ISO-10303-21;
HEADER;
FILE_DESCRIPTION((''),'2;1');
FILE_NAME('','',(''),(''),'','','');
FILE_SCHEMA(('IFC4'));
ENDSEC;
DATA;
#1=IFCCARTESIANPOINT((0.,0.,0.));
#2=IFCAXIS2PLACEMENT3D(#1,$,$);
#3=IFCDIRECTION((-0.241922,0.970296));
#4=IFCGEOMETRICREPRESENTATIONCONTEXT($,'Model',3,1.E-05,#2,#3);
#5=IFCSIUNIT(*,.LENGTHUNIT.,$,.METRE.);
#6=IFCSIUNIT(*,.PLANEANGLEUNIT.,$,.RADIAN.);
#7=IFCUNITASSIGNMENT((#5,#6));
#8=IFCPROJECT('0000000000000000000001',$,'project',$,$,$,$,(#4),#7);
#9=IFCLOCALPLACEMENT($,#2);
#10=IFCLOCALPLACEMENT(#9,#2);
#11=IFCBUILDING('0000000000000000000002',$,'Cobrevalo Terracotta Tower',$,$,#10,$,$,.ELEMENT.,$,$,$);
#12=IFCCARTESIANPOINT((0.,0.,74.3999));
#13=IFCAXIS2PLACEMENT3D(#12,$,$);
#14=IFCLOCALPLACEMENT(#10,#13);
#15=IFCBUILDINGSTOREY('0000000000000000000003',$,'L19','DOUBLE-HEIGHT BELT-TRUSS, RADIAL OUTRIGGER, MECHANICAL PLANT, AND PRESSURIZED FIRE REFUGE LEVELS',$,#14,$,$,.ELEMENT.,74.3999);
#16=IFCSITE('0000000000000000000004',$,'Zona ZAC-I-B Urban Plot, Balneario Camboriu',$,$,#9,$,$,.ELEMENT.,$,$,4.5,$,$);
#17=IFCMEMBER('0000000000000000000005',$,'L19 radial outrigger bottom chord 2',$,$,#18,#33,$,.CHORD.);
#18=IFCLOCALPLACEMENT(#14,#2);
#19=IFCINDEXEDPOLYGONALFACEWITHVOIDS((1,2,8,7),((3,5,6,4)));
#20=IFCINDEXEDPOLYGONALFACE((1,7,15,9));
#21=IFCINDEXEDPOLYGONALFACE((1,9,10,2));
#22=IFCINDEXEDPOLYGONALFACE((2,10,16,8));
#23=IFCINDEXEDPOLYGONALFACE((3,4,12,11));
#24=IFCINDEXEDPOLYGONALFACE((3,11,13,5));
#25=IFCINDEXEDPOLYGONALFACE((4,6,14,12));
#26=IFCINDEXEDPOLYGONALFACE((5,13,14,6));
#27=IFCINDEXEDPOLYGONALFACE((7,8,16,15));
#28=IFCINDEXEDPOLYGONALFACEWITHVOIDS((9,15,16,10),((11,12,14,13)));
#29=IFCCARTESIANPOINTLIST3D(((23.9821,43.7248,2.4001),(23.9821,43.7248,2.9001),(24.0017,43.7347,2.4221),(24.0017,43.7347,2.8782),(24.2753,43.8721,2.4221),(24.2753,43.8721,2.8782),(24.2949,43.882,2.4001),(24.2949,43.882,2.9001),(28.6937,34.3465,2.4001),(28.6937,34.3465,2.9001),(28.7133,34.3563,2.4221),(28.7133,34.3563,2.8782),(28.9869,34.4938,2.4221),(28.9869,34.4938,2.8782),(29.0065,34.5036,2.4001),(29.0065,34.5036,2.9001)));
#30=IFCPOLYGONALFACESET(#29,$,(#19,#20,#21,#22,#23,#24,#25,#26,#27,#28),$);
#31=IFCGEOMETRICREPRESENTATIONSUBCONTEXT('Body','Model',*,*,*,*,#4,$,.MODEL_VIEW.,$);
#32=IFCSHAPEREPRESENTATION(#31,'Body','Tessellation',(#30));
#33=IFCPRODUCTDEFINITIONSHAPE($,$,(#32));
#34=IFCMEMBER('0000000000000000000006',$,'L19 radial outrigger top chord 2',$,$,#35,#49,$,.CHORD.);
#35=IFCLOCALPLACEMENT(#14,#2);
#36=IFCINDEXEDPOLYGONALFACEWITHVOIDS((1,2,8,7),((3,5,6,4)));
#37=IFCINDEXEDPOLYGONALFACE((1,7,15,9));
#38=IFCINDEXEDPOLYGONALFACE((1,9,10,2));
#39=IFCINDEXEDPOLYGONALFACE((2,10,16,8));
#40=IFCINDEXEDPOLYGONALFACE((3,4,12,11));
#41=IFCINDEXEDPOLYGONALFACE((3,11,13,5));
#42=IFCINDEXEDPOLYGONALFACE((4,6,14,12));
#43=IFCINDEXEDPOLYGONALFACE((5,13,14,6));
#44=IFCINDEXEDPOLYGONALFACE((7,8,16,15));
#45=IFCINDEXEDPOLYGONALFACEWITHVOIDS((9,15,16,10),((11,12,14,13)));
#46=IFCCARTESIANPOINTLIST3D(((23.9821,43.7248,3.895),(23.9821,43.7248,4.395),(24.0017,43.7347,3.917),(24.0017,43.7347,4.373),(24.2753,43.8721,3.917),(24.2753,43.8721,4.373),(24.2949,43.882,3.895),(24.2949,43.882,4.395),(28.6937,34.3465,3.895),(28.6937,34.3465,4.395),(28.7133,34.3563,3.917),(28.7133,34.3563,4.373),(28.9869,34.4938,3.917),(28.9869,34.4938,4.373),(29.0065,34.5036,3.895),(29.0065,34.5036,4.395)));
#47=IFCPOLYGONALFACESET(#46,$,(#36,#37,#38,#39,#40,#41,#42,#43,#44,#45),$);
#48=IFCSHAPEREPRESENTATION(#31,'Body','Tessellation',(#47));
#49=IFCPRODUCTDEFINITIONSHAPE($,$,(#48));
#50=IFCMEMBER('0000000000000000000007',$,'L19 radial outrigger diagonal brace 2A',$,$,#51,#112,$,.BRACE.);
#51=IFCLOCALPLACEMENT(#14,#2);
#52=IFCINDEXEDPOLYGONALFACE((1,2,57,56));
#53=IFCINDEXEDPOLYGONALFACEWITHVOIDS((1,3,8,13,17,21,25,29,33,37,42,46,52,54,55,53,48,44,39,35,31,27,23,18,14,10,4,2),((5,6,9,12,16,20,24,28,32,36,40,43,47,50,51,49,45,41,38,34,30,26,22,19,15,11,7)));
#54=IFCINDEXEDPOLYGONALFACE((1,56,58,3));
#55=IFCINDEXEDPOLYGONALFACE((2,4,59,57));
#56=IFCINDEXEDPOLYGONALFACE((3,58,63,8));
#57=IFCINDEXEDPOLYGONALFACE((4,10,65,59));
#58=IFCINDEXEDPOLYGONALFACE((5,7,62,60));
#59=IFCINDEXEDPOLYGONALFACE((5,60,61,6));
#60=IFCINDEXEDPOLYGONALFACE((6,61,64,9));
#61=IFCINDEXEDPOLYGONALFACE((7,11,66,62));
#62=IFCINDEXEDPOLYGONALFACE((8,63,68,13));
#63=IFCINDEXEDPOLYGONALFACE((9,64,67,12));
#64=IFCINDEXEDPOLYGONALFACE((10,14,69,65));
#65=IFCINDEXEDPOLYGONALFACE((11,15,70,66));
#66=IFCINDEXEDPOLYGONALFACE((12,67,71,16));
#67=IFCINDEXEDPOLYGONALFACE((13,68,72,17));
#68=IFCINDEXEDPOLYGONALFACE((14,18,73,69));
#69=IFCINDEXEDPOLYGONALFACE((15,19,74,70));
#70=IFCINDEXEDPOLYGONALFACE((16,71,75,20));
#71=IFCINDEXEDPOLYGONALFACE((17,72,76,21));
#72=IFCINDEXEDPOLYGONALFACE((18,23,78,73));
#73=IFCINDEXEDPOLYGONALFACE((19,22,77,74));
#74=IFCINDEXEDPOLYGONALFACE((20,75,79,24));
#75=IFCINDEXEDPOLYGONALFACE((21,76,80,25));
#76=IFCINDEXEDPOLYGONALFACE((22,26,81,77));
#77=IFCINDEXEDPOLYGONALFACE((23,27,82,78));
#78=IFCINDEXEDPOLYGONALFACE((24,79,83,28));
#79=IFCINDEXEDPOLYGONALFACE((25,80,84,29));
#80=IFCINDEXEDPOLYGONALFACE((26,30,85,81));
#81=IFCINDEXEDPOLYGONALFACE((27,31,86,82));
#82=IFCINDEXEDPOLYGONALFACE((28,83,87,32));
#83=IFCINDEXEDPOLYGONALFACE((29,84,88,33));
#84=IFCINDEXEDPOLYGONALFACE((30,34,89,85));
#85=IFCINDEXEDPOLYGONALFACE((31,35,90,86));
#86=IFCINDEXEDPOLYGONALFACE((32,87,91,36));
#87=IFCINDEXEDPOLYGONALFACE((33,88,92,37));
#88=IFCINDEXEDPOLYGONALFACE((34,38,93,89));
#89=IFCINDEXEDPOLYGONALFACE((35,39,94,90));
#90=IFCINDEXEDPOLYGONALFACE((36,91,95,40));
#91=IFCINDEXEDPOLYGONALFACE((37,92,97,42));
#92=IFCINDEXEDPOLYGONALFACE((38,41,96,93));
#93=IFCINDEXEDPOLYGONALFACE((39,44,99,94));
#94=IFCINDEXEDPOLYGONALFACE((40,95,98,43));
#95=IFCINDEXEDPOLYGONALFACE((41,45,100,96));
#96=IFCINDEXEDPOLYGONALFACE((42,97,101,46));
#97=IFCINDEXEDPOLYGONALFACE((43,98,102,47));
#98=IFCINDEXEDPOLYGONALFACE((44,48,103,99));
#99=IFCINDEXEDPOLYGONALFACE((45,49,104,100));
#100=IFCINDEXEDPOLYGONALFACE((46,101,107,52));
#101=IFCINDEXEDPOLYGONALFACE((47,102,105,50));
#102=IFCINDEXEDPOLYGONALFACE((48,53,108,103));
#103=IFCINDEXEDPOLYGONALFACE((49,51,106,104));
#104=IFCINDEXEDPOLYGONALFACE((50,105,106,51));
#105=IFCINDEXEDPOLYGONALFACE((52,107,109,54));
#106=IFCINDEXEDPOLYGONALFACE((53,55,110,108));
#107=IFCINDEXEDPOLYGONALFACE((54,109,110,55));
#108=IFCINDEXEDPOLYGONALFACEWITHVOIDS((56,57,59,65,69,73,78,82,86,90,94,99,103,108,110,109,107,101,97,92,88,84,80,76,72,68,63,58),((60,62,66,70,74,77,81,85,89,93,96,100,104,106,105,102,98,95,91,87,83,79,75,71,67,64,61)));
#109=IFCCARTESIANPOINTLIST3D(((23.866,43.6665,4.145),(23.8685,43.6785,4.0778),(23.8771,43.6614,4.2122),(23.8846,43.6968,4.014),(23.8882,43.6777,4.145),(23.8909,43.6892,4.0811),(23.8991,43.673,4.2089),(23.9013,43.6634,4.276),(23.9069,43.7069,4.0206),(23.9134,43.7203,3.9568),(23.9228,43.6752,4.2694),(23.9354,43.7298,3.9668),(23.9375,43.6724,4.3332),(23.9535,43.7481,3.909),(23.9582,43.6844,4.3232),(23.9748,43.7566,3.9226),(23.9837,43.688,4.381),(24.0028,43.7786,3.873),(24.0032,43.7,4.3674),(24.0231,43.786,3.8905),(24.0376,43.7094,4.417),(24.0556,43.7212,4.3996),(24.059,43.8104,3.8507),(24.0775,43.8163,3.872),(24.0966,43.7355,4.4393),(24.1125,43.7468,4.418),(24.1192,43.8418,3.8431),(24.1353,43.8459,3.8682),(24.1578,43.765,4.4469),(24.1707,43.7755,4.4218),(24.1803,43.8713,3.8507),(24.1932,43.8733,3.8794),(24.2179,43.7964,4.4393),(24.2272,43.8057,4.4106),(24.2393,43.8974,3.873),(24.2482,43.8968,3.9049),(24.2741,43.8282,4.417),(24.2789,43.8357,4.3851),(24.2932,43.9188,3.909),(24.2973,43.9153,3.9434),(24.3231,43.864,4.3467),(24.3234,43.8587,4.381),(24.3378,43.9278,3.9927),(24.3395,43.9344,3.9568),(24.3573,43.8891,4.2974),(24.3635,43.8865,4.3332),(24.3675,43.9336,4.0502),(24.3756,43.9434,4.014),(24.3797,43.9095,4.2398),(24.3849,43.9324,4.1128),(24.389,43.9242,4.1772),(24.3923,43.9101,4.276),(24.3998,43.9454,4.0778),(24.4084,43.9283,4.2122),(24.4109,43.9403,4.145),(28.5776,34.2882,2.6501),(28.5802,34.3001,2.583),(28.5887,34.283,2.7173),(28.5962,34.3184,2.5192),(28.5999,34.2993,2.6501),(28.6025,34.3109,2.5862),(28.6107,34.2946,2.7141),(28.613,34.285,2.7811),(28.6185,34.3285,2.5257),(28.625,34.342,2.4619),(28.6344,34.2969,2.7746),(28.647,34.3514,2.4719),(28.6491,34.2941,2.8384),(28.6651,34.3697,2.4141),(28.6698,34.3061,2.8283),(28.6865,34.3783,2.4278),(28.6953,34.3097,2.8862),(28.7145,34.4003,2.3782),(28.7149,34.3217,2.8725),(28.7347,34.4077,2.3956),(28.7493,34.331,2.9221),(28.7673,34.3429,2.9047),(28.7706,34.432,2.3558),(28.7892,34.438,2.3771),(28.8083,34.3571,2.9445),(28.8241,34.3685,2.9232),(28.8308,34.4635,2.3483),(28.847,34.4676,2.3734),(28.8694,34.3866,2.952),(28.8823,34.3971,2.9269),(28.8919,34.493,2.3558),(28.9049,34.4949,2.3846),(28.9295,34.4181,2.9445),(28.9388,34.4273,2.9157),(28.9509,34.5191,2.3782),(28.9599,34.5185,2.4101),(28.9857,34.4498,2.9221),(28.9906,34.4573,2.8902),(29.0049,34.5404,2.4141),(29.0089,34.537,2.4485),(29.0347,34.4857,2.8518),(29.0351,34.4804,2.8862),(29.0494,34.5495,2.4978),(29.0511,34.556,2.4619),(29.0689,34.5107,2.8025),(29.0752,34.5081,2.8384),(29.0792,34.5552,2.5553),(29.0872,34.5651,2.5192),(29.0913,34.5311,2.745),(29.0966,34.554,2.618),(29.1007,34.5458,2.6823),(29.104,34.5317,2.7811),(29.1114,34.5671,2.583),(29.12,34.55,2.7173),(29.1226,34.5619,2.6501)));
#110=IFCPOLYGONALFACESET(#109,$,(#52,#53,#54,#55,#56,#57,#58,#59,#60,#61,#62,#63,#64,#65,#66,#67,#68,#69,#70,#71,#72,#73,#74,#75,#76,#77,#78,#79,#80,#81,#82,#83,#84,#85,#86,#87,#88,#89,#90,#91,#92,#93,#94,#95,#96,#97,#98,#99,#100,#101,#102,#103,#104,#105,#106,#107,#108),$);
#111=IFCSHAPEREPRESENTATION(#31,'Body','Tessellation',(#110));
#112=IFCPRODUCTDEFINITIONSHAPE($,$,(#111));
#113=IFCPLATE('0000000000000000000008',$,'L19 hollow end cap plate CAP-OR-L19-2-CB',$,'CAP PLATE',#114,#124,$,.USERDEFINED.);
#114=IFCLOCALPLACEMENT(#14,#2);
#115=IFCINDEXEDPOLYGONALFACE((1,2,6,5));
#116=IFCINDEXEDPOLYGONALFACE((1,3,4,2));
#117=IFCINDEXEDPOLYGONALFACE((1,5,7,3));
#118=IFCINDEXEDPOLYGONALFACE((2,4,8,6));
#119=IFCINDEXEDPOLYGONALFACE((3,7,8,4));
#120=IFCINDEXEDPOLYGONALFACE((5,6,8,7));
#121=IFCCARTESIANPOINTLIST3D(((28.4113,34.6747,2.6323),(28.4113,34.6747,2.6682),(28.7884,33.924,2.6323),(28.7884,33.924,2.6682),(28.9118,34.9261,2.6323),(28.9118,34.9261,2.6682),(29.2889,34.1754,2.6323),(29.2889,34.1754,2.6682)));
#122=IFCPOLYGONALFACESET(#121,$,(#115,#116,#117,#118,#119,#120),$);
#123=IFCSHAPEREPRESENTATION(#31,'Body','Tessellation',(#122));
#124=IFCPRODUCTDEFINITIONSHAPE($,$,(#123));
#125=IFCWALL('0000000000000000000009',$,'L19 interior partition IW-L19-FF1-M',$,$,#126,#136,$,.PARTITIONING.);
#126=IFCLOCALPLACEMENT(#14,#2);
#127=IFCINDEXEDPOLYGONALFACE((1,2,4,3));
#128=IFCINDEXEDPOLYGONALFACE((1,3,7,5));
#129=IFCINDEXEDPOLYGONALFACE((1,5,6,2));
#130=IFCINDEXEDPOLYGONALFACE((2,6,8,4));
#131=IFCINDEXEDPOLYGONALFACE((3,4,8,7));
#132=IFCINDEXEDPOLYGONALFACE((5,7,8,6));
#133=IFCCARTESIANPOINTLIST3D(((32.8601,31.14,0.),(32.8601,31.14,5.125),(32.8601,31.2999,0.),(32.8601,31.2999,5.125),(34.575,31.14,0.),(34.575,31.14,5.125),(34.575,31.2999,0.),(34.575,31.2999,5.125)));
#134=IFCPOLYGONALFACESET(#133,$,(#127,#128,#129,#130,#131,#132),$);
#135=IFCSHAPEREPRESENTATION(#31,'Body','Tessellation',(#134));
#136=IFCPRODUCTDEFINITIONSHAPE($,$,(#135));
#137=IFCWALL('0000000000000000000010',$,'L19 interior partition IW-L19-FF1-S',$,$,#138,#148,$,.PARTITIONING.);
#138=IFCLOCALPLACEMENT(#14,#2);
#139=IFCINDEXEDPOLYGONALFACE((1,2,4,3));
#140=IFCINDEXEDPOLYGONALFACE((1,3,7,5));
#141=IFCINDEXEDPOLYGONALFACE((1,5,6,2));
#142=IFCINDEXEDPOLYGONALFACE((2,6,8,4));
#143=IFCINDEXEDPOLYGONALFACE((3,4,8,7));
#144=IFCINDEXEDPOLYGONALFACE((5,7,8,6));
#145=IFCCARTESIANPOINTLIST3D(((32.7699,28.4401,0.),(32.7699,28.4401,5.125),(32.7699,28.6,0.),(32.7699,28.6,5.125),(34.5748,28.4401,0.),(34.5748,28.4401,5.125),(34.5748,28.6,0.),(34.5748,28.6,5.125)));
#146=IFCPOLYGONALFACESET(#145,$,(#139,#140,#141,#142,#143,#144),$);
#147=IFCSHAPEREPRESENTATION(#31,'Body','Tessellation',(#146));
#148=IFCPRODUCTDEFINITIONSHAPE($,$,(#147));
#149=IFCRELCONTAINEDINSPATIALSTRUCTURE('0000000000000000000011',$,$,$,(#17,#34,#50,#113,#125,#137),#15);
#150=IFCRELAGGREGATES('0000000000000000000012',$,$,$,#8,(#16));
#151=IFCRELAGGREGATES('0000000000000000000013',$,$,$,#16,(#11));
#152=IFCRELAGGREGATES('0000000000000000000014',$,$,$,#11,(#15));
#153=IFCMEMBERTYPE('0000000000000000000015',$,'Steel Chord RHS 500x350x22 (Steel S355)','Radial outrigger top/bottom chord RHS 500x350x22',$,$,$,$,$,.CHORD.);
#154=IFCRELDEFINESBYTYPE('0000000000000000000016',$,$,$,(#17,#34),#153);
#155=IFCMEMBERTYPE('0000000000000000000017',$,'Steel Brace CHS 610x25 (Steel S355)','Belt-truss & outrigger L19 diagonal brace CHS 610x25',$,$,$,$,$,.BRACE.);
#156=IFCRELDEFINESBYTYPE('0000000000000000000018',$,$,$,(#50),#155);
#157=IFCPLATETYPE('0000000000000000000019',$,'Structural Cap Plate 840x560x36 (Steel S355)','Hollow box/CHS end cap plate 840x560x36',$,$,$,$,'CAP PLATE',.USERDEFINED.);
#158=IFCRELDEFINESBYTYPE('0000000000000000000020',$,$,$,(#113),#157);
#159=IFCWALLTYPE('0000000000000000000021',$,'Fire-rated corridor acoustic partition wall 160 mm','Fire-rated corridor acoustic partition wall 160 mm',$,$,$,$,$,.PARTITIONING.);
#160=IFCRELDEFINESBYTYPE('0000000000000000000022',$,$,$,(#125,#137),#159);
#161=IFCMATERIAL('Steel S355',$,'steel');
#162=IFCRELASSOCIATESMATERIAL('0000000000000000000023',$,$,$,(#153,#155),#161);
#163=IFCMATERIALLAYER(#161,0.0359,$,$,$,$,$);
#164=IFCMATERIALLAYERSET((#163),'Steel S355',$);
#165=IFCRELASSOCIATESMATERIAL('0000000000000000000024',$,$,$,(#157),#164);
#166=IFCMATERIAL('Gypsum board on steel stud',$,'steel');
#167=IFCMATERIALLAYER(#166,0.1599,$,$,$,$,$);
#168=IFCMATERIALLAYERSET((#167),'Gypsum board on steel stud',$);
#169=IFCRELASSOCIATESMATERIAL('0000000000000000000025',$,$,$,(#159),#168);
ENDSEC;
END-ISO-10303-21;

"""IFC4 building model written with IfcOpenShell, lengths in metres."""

from ifc_helpers import new_model, si_unit, direction, frame, frame_2d, origin, origin_2d, place, context, subcontext, project, spatial, rectangle, hollow_rectangle, hollow_circle, extrude, source, transform, mapped, material, layer, layer_set, material_profile, profile_set, type_object, element, save


model = new_model("IFC4")

# Units and contexts
model_context = context("Model", 3, precision=1e-05, world=origin(), true_north=direction((-0.241922, 0.970296)))
body_context = subcontext(model_context, "Body", "Model", "MODEL_VIEW")
ifc_project = project(units=[si_unit("LENGTHUNIT", "METRE"), si_unit("PLANEANGLEUNIT", "RADIAN")], contexts=[model_context])

# Site, building, storey
site_placement = place(None, origin())
site = spatial("IfcSite", under=ifc_project, at=site_placement, Name="Zona ZAC-I-B Urban Plot, Balneario Camboriu", CompositionType="ELEMENT", RefElevation=4.5)
building_placement = place(site_placement, origin())
building = spatial("IfcBuilding", under=site, at=building_placement, Name="Cobrevalo Terracotta Tower", CompositionType="ELEMENT")
storey_placement = place(building_placement, frame((0.0, 0.0, 74.3999)))
storey = spatial("IfcBuildingStorey", under=building, at=storey_placement, Name="L19", Description="DOUBLE-HEIGHT BELT-TRUSS, RADIAL OUTRIGGER, MECHANICAL PLANT, AND PRESSURIZED FIRE REFUGE LEVELS", CompositionType="ELEMENT", Elevation=74.3999)

# Members
ifc_material_1 = material(Name="Steel S355", Category="steel")
ifc_material_profile_1 = material_profile(ifc_material_1, hollow_rectangle(XDim=0.3501, YDim=0.5, WallThickness=0.022, at=origin_2d()), Name="RHS 500x350x22")
ifc_profile_set_1 = profile_set([ifc_material_profile_1], Name="Steel S355")
member_type_1 = type_object("IfcMemberType", Name="Steel Chord RHS 500x350x22 (Steel S355)", Description="Radial outrigger top/bottom chord RHS 500x350x22", PredefinedType="CHORD", material=ifc_profile_set_1)
shared_shape_1 = source(origin(), body_context, "Body", "SweptSolid", [
    extrude(hollow_rectangle(XDim=0.3501, YDim=0.5, WallThickness=0.022, at=origin_2d()), origin(), (0.0, 0.0, 1.0), 10.4954),
])
for number, where, z_axis, x_axis, name in (
    (1, (28.8501, 34.425, 2.6501), (-0.448925, 0.89357, 0.0), (-0.89357, -0.448925, 0.0), "L19 radial outrigger bottom chord 2"),
    (2, (28.8501, 34.425, 4.145), (-0.448925, 0.89357, 0.0), (-0.89357, -0.448925, 0.0), "L19 radial outrigger top chord 2"),
):
    element("IfcMember", number, at=place(storey_placement, frame(where, z_axis=z_axis, x_axis=x_axis)), inside=storey, type_object=member_type_1, Name=name, PredefinedType="CHORD", context=body_context, shape_type="MappedRepresentation", body=[
        mapped(shared_shape_1, transform((0.0, 0.0, 0.0), scale=1.0)),
    ])
ifc_material_profile_2 = material_profile(ifc_material_1, hollow_circle(Radius=0.3049, WallThickness=0.0249, at=origin_2d()), Name="CHS 610x25")
ifc_profile_set_2 = profile_set([ifc_material_profile_2], Name="Steel S355")
member_type_2 = type_object("IfcMemberType", Name="Steel Brace CHS 610x25 (Steel S355)", Description="Belt-truss & outrigger L19 diagonal brace CHS 610x25", PredefinedType="BRACE", material=ifc_profile_set_2)
shared_shape_2 = source(origin(), body_context, "Body", "SweptSolid", [
    extrude(hollow_circle(Radius=0.3049, WallThickness=0.0249, at=origin_2d()), origin(), (0.0, 0.0, 1.0), 10.6013),
])
member_placement = place(storey_placement, frame((28.8501, 34.425, 2.6501), z_axis=(-0.444439, 0.884641, 0.141007), x_axis=(-0.89357, -0.448925, 0.0)))
element("IfcMember", 3, at=member_placement, inside=storey, type_object=member_type_2, Name="L19 radial outrigger diagonal brace 2A", PredefinedType="BRACE", context=body_context, shape_type="MappedRepresentation", body=[
    mapped(shared_shape_2, transform((0.0, 0.0, 0.0), scale=1.0)),
])

# Plate
ifc_layer_1 = layer(ifc_material_1, 0.0359)
ifc_layer_set_1 = layer_set([ifc_layer_1], Name="Steel S355")
plate_type = type_object("IfcPlateType", Name="Structural Cap Plate 840x560x36 (Steel S355)", Description="Hollow box/CHS end cap plate 840x560x36", ElementType="CAP PLATE", PredefinedType="USERDEFINED", material=ifc_layer_set_1)
shared_shape_3 = source(origin(), body_context, "Body", "SweptSolid", [
    extrude(rectangle(XDim=0.8401, YDim=0.5601, at=origin_2d()), origin(), (0.0, 0.0, 1.0), 0.0359),
])
plate_placement = place(storey_placement, frame((28.8501, 34.425, 2.6323), z_axis=(0.0, 0.0, 1.0), x_axis=(-0.448904, 0.89358, 0.0)))
element("IfcPlate", 4, at=plate_placement, inside=storey, type_object=plate_type, Name="L19 hollow end cap plate CAP-OR-L19-2-CB", ObjectType="CAP PLATE", PredefinedType="USERDEFINED", context=body_context, shape_type="MappedRepresentation", body=[
    mapped(shared_shape_3, transform((0.0, 0.0, 0.0), scale=1.0)),
])

# Walls
ifc_material_2 = material(Name="Gypsum board on steel stud", Category="steel")
ifc_layer_2 = layer(ifc_material_2, 0.1599)
ifc_layer_set_2 = layer_set([ifc_layer_2], Name="Gypsum board on steel stud")
wall_type_1 = type_object("IfcWallType", Name="Fire-rated corridor acoustic partition wall 160 mm", Description="Fire-rated corridor acoustic partition wall 160 mm", PredefinedType="PARTITIONING", material=ifc_layer_set_2)
wall_1_placement = place(storey_placement, frame((32.8601, 31.22, 0.0), z_axis=(0.0, 0.0, 1.0), x_axis=(1.0, 0.0, 0.0)))
element("IfcWall", 5, at=wall_1_placement, inside=storey, type_object=wall_type_1, Name="L19 interior partition IW-L19-FF1-M", PredefinedType="PARTITIONING", context=body_context, shape_type="SweptSolid", body=[
    extrude(rectangle(XDim=1.7148, YDim=0.1599, at=frame_2d((0.8574, 0.0))), origin(), (0.0, 0.0, 1.0), 5.125),
])
wall_2_placement = place(storey_placement, frame((32.77, 28.52, 0.0), z_axis=(0.0, 0.0, 1.0), x_axis=(1.0, 0.0, 0.0)))
element("IfcWall", 6, at=wall_2_placement, inside=storey, type_object=wall_type_1, Name="L19 interior partition IW-L19-FF1-S", PredefinedType="PARTITIONING", context=body_context, shape_type="SweptSolid", body=[
    extrude(rectangle(XDim=1.8049, YDim=0.1599, at=frame_2d((0.9023, 0.0))), origin(), (0.0, 0.0, 1.0), 5.125),
])

save(model, "model.ifc")
